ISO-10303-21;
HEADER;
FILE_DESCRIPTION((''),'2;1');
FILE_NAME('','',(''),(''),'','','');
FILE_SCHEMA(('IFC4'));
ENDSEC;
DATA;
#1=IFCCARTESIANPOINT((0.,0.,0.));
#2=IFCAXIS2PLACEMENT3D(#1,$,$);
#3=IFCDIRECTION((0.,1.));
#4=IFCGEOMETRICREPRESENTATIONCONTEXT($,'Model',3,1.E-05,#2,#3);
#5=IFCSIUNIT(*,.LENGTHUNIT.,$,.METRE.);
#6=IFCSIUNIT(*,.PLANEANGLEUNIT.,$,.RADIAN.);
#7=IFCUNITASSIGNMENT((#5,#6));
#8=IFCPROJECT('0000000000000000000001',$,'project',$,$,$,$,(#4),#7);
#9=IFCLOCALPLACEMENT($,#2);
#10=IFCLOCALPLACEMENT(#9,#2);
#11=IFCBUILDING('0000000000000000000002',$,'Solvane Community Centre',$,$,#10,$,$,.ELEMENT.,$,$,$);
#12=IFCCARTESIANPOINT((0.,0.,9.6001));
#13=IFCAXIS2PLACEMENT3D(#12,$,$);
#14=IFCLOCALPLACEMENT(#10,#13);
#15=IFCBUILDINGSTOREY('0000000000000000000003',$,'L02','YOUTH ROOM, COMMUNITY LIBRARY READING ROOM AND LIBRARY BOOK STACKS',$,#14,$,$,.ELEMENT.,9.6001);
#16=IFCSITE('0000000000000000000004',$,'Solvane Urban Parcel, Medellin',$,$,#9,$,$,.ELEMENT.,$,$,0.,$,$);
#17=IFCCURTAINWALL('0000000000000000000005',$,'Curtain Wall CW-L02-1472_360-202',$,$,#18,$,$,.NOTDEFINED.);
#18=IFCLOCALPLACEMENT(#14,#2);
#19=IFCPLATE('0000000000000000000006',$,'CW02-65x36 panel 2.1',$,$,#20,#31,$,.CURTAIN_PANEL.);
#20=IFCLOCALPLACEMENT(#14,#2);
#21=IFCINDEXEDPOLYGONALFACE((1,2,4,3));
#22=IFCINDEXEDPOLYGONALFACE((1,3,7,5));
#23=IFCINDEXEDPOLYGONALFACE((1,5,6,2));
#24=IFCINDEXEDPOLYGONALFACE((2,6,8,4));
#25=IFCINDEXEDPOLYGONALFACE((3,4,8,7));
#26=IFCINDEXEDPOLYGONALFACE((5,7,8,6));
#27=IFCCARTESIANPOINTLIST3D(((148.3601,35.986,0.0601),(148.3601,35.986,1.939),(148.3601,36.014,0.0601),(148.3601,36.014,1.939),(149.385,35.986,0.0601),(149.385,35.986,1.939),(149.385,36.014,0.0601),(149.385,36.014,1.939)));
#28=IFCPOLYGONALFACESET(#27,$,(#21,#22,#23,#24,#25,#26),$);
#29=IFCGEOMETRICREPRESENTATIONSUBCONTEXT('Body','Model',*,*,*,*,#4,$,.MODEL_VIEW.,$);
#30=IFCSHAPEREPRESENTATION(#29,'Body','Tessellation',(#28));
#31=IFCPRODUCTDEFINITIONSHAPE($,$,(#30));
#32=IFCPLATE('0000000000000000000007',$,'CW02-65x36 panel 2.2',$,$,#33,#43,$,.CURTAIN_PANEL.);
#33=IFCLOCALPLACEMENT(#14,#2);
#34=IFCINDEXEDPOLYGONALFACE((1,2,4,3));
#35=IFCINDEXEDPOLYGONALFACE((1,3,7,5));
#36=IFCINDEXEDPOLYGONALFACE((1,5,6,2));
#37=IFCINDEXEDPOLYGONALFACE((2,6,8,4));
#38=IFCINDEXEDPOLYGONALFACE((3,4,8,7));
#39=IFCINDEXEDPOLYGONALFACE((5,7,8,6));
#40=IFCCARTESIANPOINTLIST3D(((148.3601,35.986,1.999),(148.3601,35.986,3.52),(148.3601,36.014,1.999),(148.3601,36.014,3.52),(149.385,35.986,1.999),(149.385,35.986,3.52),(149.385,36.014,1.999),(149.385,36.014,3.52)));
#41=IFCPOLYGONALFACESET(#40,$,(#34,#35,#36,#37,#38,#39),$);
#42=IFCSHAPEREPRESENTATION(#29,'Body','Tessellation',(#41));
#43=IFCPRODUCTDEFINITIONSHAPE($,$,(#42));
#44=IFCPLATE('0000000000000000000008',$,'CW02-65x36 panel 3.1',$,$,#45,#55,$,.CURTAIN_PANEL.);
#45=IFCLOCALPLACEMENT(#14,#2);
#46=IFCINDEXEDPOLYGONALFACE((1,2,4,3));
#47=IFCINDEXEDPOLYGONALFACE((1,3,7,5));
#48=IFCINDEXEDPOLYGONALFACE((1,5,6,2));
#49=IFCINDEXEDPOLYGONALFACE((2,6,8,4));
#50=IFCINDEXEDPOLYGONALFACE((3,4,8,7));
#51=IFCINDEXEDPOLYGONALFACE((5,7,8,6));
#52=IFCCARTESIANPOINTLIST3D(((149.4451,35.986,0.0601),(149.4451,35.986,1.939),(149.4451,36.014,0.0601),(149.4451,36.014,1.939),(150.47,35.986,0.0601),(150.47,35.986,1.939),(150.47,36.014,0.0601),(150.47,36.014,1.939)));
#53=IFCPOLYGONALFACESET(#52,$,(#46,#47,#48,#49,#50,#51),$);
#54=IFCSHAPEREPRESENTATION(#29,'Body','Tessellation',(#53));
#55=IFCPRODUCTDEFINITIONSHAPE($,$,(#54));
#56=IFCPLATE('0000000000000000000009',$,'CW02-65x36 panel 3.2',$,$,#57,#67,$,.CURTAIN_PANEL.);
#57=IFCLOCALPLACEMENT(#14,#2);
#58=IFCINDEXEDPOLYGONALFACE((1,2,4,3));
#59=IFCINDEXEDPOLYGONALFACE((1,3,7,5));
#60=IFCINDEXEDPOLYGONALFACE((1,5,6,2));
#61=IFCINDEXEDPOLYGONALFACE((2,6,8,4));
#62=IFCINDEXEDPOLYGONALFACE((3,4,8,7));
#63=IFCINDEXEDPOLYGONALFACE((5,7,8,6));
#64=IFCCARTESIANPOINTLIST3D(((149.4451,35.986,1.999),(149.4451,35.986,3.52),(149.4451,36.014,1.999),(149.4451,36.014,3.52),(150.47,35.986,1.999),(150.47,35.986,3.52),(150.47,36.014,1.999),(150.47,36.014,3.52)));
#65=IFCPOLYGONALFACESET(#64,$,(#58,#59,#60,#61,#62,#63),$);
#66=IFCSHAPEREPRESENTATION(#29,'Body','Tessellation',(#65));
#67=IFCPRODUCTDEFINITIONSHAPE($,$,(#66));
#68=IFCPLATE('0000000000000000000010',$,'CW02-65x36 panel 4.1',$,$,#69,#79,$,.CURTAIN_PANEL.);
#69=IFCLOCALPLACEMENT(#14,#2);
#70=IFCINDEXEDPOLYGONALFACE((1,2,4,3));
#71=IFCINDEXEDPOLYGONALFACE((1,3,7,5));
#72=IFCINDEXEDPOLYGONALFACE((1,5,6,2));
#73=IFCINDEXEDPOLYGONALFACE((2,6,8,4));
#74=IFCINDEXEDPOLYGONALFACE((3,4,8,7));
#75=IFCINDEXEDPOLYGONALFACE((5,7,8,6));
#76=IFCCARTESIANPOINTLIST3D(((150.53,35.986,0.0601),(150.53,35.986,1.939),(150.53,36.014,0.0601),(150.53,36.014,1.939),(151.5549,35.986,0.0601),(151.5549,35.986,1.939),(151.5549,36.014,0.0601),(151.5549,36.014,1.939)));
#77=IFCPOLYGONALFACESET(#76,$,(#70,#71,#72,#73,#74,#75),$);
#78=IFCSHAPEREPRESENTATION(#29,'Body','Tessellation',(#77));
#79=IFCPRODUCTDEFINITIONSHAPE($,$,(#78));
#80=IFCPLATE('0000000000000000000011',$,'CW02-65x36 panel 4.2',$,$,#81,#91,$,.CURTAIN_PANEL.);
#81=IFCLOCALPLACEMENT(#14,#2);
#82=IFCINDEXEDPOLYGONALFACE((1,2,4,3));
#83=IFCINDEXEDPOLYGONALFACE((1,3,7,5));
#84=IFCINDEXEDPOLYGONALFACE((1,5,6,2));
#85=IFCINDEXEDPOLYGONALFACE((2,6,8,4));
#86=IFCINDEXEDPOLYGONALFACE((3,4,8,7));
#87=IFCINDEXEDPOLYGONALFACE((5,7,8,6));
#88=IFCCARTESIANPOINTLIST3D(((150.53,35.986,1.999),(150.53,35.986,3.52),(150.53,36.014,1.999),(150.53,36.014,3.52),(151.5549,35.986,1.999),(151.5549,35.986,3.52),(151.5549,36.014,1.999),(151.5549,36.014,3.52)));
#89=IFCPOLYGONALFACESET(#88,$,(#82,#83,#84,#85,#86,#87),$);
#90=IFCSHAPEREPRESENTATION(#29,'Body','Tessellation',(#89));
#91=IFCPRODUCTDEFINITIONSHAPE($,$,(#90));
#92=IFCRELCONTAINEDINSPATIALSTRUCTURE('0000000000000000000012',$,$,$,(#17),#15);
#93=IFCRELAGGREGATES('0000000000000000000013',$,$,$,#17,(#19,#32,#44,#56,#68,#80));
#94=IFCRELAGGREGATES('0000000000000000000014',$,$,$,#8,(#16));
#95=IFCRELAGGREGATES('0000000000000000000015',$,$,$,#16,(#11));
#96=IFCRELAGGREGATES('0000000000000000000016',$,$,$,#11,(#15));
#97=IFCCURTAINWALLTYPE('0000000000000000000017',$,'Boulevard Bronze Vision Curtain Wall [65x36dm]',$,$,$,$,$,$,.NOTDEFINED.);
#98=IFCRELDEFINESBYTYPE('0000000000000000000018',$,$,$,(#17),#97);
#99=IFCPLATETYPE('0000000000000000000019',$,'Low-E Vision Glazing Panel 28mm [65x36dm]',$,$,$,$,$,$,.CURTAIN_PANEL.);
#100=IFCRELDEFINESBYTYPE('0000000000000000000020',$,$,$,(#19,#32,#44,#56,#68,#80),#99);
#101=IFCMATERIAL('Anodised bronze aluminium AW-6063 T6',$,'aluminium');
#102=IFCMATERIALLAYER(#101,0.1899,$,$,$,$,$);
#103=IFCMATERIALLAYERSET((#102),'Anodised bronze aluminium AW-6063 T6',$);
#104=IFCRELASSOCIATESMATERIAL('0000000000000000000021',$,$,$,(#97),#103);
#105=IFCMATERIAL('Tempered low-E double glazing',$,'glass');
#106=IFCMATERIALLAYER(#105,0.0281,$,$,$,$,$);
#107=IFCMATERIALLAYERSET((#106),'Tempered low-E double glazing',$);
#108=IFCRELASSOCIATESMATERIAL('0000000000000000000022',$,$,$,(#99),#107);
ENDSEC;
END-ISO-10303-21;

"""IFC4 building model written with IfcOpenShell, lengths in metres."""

from ifc_helpers import new_model, si_unit, direction, frame, origin, origin_2d, place, context, subcontext, project, spatial, rectangle, extrude, material, layer, layer_set, type_object, element, aggregate, save


model = new_model("IFC4")

# Units and contexts
model_context = context("Model", 3, precision=1e-05, world=origin(), true_north=direction((0.0, 1.0)))
body_context = subcontext(model_context, "Body", "Model", "MODEL_VIEW")
ifc_project = project(units=[si_unit("LENGTHUNIT", "METRE"), si_unit("PLANEANGLEUNIT", "RADIAN")], contexts=[model_context])

# Site, building, storey
site_placement = place(None, origin())
site = spatial("IfcSite", under=ifc_project, at=site_placement, Name="Solvane Urban Parcel, Medellin", CompositionType="ELEMENT", RefElevation=0.0)
building_placement = place(site_placement, origin())
building = spatial("IfcBuilding", under=site, at=building_placement, Name="Solvane Community Centre", CompositionType="ELEMENT")
storey_placement = place(building_placement, frame((0.0, 0.0, 9.6001)))
storey = spatial("IfcBuildingStorey", under=building, at=storey_placement, Name="L02", Description="YOUTH ROOM, COMMUNITY LIBRARY READING ROOM AND LIBRARY BOOK STACKS", CompositionType="ELEMENT", Elevation=9.6001)

# Curtain wall
ifc_material_1 = material(Name="Anodised bronze aluminium AW-6063 T6", Category="aluminium")
ifc_layer_1 = layer(ifc_material_1, 0.1899)
ifc_layer_set_1 = layer_set([ifc_layer_1], Name="Anodised bronze aluminium AW-6063 T6")
curtain_wall_type = type_object("IfcCurtainWallType", Name="Boulevard Bronze Vision Curtain Wall [65x36dm]", PredefinedType="NOTDEFINED", material=ifc_layer_set_1)
curtain_wall_placement = place(storey_placement, origin())
curtain_wall = element("IfcCurtainWall", 1, at=curtain_wall_placement, inside=storey, type_object=curtain_wall_type, Name="Curtain Wall CW-L02-1472_360-202", PredefinedType="NOTDEFINED")

# Plates
ifc_material_2 = material(Name="Tempered low-E double glazing", Category="glass")
ifc_layer_2 = layer(ifc_material_2, 0.0281)
ifc_layer_set_2 = layer_set([ifc_layer_2], Name="Tempered low-E double glazing")
plate_type = type_object("IfcPlateType", Name="Low-E Vision Glazing Panel 28mm [65x36dm]", PredefinedType="CURTAIN_PANEL", material=ifc_layer_set_2)
plate_1_placement = place(storey_placement, frame((148.8726, 36.0, 0.0601), z_axis=(0.0, 0.0, 1.0), x_axis=(1.0, 0.0, 0.0)))
plate_1 = element("IfcPlate", 2, at=plate_1_placement, type_object=plate_type, Name="CW02-65x36 panel 2.1", PredefinedType="CURTAIN_PANEL", context=body_context, shape_type="SweptSolid", body=[
    extrude(rectangle(XDim=1.0249, YDim=0.0281, at=origin_2d()), origin(), (0.0, 0.0, 1.0), 1.8789),
])
plate_2_placement = place(storey_placement, frame((148.8726, 36.0, 1.999), z_axis=(0.0, 0.0, 1.0), x_axis=(1.0, 0.0, 0.0)))
plate_2 = element("IfcPlate", 3, at=plate_2_placement, type_object=plate_type, Name="CW02-65x36 panel 2.2", PredefinedType="CURTAIN_PANEL", context=body_context, shape_type="SweptSolid", body=[
    extrude(rectangle(XDim=1.0249, YDim=0.0281, at=origin_2d()), origin(), (0.0, 0.0, 1.0), 1.521),
])
plate_3_placement = place(storey_placement, frame((149.9575, 36.0, 0.0601), z_axis=(0.0, 0.0, 1.0), x_axis=(1.0, 0.0, 0.0)))
plate_3 = element("IfcPlate", 4, at=plate_3_placement, type_object=plate_type, Name="CW02-65x36 panel 3.1", PredefinedType="CURTAIN_PANEL", context=body_context, shape_type="SweptSolid", body=[
    extrude(rectangle(XDim=1.0249, YDim=0.0281, at=origin_2d()), origin(), (0.0, 0.0, 1.0), 1.8789),
])
plate_4_placement = place(storey_placement, frame((149.9575, 36.0, 1.999), z_axis=(0.0, 0.0, 1.0), x_axis=(1.0, 0.0, 0.0)))
plate_4 = element("IfcPlate", 5, at=plate_4_placement, type_object=plate_type, Name="CW02-65x36 panel 3.2", PredefinedType="CURTAIN_PANEL", context=body_context, shape_type="SweptSolid", body=[
    extrude(rectangle(XDim=1.0249, YDim=0.0281, at=origin_2d()), origin(), (0.0, 0.0, 1.0), 1.521),
])
plate_5_placement = place(storey_placement, frame((151.0425, 36.0, 0.0601), z_axis=(0.0, 0.0, 1.0), x_axis=(1.0, 0.0, 0.0)))
plate_5 = element("IfcPlate", 6, at=plate_5_placement, type_object=plate_type, Name="CW02-65x36 panel 4.1", PredefinedType="CURTAIN_PANEL", context=body_context, shape_type="SweptSolid", body=[
    extrude(rectangle(XDim=1.0249, YDim=0.0281, at=origin_2d()), origin(), (0.0, 0.0, 1.0), 1.8789),
])
plate_6_placement = place(storey_placement, frame((151.0425, 36.0, 1.999), z_axis=(0.0, 0.0, 1.0), x_axis=(1.0, 0.0, 0.0)))
plate_6 = element("IfcPlate", 7, at=plate_6_placement, type_object=plate_type, Name="CW02-65x36 panel 4.2", PredefinedType="CURTAIN_PANEL", context=body_context, shape_type="SweptSolid", body=[
    extrude(rectangle(XDim=1.0249, YDim=0.0281, at=origin_2d()), origin(), (0.0, 0.0, 1.0), 1.521),
])
aggregate(curtain_wall, [plate_1, plate_2, plate_3, plate_4, plate_5, plate_6])

save(model, "model.ifc")
